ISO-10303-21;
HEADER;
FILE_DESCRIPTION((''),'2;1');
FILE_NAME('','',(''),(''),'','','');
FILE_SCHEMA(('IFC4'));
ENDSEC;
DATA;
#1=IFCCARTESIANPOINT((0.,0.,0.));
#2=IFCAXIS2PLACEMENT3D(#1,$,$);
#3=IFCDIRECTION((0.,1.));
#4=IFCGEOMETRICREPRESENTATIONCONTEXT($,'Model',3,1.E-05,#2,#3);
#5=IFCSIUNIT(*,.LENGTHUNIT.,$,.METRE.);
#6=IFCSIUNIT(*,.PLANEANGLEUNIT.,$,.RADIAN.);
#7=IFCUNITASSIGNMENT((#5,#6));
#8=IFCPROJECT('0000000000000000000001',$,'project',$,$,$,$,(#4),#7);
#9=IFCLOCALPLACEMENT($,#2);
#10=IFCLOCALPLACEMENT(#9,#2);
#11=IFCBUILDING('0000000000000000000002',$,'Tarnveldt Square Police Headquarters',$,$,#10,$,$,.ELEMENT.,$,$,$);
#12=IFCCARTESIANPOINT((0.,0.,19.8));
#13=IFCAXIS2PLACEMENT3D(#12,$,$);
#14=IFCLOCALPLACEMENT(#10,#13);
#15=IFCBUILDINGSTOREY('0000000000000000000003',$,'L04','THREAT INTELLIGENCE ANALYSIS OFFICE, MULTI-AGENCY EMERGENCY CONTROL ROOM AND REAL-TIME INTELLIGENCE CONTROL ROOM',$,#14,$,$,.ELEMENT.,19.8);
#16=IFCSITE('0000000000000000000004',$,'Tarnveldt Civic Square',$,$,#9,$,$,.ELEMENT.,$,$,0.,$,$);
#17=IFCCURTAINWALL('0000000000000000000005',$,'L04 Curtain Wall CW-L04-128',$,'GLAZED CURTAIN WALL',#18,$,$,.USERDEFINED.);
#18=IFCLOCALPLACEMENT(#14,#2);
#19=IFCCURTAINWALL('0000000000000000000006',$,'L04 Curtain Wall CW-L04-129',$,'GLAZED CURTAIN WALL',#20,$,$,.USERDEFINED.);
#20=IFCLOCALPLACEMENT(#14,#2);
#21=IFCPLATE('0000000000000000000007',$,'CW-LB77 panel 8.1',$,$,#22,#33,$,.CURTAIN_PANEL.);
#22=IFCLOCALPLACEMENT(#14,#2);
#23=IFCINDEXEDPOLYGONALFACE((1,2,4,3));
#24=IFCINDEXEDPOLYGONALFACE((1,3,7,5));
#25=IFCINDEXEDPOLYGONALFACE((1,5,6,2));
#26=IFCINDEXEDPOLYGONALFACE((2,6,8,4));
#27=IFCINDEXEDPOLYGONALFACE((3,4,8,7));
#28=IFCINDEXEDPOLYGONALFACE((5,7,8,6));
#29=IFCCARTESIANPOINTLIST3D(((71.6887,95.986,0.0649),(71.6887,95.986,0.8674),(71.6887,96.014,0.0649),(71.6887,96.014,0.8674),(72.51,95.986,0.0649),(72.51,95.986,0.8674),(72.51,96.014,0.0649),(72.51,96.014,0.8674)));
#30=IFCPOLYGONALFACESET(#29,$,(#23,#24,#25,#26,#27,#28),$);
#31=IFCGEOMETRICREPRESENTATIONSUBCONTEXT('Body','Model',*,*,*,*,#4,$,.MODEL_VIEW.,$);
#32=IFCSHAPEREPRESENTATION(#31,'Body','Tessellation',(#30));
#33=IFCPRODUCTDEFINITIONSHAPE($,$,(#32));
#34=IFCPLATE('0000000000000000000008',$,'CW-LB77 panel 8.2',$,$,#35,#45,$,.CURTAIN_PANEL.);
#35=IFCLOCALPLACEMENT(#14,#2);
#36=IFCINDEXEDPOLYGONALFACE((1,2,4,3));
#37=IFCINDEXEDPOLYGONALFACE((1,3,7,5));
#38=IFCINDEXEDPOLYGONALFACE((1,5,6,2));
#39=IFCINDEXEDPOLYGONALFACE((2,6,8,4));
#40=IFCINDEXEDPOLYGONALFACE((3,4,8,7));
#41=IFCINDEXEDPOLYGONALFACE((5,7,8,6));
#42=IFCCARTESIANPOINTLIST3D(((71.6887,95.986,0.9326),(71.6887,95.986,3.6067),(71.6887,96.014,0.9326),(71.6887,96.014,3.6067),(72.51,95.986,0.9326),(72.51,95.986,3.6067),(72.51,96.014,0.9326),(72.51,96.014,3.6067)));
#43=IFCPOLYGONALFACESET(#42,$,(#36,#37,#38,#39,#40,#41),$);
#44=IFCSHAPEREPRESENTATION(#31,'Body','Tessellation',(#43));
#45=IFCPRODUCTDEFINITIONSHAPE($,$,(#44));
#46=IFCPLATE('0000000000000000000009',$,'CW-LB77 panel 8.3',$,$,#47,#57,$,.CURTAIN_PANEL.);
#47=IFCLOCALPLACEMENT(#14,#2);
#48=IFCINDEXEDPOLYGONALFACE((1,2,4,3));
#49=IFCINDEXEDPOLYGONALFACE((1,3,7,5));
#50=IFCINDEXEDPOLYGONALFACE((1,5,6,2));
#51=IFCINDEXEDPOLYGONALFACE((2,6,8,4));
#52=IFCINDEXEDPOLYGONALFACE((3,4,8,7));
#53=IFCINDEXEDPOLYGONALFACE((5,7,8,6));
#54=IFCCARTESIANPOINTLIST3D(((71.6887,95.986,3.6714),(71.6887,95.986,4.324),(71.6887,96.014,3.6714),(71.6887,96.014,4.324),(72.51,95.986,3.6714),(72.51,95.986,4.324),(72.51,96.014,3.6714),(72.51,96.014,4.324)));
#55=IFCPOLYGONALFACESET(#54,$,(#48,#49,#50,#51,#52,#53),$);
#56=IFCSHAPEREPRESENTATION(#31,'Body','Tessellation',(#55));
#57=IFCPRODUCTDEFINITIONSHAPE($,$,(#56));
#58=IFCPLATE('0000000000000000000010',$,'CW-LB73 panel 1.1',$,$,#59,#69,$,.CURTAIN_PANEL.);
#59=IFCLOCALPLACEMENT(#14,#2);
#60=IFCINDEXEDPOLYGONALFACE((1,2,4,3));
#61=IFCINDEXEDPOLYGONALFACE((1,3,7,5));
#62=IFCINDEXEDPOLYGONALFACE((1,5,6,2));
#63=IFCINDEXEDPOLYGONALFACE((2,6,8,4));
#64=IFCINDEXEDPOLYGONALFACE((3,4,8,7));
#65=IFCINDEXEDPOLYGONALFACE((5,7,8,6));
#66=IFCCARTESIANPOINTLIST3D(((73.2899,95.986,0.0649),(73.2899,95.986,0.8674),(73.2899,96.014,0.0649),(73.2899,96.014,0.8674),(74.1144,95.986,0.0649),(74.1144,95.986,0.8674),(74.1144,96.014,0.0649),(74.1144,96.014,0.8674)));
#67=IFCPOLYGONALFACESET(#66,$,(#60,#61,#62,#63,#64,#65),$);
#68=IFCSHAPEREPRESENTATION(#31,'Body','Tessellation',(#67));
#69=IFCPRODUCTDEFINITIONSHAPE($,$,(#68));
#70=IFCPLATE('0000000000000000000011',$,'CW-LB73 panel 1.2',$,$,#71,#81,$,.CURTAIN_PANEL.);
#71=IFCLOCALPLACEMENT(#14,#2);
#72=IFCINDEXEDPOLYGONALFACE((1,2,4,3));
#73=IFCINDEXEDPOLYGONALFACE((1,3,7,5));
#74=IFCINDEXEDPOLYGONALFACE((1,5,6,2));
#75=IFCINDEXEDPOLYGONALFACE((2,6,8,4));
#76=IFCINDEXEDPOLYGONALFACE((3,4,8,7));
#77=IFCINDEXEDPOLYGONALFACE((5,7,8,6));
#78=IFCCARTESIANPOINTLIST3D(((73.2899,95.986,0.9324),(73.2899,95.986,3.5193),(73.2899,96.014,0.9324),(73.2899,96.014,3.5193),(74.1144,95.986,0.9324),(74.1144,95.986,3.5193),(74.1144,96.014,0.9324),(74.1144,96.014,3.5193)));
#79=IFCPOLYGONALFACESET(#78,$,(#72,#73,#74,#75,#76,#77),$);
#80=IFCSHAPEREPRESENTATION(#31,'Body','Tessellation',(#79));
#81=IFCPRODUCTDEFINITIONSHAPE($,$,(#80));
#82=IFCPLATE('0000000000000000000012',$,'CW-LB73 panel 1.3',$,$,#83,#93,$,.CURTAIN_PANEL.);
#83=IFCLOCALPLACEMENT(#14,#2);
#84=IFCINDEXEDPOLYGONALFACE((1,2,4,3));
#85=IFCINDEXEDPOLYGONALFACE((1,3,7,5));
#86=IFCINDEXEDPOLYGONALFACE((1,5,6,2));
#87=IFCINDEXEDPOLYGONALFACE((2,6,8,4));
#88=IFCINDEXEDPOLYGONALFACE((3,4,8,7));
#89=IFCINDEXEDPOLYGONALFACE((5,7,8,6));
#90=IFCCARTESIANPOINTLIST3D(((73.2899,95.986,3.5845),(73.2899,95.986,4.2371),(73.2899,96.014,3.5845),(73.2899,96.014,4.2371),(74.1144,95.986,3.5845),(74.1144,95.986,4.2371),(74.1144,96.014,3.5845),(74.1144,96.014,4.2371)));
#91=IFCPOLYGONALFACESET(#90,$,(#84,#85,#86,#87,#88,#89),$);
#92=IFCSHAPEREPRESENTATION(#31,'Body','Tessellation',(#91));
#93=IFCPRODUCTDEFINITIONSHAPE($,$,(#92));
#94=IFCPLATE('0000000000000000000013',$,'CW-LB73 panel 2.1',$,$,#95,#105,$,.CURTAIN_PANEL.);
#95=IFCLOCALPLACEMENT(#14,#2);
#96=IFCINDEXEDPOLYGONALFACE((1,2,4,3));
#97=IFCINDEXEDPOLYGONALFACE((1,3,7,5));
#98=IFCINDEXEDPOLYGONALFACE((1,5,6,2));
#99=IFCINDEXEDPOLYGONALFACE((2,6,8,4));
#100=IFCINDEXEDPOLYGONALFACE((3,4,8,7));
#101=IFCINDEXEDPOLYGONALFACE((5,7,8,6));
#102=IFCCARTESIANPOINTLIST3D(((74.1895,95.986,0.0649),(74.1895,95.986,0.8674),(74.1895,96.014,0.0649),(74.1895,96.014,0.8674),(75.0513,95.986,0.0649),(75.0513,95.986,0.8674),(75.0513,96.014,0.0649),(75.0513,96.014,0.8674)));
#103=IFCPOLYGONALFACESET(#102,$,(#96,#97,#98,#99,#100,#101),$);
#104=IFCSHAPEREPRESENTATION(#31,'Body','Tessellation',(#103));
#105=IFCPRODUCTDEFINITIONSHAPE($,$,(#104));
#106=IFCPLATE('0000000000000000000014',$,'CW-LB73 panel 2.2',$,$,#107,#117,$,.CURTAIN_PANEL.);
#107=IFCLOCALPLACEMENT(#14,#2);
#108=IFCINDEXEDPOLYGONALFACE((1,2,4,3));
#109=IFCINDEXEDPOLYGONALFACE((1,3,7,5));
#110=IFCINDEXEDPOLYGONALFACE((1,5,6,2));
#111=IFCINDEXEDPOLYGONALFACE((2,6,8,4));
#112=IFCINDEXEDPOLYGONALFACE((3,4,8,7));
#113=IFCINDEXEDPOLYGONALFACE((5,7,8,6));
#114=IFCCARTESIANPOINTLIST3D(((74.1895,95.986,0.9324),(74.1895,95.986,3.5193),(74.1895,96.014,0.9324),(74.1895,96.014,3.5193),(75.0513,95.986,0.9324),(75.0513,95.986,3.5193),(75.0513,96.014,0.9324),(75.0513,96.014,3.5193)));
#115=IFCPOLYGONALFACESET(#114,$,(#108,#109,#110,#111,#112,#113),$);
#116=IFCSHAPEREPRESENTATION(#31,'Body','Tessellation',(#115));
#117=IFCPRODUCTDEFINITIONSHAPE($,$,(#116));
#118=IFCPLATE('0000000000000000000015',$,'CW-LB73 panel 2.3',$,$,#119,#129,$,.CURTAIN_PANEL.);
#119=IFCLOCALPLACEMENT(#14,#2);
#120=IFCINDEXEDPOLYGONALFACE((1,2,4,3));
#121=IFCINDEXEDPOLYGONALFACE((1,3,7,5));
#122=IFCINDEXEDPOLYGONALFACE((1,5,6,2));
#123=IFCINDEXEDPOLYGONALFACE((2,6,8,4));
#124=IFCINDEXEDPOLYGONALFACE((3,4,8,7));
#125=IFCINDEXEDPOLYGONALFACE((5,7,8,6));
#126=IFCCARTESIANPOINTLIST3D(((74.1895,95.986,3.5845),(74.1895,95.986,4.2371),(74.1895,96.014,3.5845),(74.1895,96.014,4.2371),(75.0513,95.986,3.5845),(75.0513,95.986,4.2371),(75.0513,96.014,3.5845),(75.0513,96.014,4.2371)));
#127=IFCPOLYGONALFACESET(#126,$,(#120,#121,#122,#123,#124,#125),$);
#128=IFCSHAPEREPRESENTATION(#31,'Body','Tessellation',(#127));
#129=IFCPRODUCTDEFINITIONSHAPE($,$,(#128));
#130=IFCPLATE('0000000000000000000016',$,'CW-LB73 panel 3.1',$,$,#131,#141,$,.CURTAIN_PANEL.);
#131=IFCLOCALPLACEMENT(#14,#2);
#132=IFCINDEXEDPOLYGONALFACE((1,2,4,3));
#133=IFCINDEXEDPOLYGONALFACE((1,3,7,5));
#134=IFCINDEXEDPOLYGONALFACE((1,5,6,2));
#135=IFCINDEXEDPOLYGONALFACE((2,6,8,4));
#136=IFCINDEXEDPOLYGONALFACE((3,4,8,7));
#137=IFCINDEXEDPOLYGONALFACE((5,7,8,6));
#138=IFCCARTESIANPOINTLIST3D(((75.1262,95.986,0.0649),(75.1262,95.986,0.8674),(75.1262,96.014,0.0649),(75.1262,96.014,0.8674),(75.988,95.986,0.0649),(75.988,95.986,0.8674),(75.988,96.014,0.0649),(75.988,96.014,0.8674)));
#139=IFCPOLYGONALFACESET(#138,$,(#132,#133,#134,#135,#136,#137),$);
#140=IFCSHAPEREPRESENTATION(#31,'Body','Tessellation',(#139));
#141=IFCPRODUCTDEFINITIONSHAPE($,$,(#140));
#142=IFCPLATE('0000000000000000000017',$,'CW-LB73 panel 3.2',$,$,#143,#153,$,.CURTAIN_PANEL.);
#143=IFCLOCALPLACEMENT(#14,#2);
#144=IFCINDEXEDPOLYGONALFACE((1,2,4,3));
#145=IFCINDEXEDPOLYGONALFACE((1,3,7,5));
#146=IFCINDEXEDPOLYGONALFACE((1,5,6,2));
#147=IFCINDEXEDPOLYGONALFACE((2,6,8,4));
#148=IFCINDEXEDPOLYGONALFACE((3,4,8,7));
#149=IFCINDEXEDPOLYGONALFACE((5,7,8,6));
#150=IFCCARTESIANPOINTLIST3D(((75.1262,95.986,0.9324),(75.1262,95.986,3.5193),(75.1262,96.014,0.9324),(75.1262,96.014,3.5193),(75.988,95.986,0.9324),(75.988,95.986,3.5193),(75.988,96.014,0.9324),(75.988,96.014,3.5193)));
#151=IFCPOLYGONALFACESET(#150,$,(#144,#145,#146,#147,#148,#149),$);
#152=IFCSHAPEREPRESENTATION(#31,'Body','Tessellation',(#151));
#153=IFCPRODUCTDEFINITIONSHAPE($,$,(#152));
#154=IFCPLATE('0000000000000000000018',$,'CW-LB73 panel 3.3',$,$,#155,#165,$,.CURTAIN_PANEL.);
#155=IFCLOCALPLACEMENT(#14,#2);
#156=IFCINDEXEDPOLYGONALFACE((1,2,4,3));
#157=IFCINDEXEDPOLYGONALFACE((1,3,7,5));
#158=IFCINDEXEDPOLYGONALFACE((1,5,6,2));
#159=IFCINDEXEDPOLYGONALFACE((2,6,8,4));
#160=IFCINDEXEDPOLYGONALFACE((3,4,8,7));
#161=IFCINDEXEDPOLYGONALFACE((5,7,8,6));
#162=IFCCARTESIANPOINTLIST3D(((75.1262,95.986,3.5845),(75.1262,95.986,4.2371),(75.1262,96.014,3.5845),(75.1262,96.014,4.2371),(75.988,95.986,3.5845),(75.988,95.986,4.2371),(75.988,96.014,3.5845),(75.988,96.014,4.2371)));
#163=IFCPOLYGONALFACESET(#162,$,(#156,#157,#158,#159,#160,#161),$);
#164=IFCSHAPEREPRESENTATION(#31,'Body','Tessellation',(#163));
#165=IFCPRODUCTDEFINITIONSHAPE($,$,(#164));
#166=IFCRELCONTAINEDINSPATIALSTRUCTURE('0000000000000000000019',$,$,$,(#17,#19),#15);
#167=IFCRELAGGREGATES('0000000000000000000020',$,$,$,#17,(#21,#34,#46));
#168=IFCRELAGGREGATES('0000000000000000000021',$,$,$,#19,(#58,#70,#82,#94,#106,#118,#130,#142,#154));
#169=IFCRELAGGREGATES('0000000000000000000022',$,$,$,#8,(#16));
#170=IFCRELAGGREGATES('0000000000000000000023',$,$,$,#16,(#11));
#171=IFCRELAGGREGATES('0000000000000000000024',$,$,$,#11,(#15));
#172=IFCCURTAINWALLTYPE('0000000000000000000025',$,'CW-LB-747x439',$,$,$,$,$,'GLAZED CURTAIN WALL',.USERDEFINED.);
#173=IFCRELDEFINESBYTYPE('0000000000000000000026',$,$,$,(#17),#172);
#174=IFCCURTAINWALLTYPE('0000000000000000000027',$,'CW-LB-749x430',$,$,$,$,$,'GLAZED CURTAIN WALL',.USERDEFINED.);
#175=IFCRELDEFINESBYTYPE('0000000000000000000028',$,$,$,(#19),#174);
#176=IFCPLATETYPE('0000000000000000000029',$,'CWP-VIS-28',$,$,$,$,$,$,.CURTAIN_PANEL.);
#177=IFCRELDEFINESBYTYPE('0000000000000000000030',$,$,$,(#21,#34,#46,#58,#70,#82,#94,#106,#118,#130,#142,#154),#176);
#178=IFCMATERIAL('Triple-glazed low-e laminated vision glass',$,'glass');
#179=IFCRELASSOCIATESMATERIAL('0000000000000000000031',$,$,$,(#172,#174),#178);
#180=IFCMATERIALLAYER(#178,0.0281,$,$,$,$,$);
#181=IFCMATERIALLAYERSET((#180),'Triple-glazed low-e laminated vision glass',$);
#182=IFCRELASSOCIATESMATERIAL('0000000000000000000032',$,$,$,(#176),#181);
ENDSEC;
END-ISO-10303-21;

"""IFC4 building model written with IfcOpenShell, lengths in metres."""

from ifc_helpers import new_model, si_unit, direction, frame, origin, origin_2d, place, context, subcontext, project, spatial, rectangle, extrude, material, layer, layer_set, type_object, element, aggregate, save


model = new_model("IFC4")

# Units and contexts
model_context = context("Model", 3, precision=1e-05, world=origin(), true_north=direction((0.0, 1.0)))
body_context = subcontext(model_context, "Body", "Model", "MODEL_VIEW")
ifc_project = project(units=[si_unit("LENGTHUNIT", "METRE"), si_unit("PLANEANGLEUNIT", "RADIAN")], contexts=[model_context])

# Site, building, storey
site_placement = place(None, origin())
site = spatial("IfcSite", under=ifc_project, at=site_placement, Name="Tarnveldt Civic Square", CompositionType="ELEMENT", RefElevation=0.0)
building_placement = place(site_placement, origin())
building = spatial("IfcBuilding", under=site, at=building_placement, Name="Tarnveldt Square Police Headquarters", CompositionType="ELEMENT")
storey_placement = place(building_placement, frame((0.0, 0.0, 19.8)))
storey = spatial("IfcBuildingStorey", under=building, at=storey_placement, Name="L04", Description="THREAT INTELLIGENCE ANALYSIS OFFICE, MULTI-AGENCY EMERGENCY CONTROL ROOM AND REAL-TIME INTELLIGENCE CONTROL ROOM", CompositionType="ELEMENT", Elevation=19.8)

# Curtain walls
ifc_material_1 = material(Name="Triple-glazed low-e laminated vision glass", Category="glass")
curtain_wall_type_1 = type_object("IfcCurtainWallType", Name="CW-LB-747x439", ElementType="GLAZED CURTAIN WALL", PredefinedType="USERDEFINED", material=ifc_material_1)
curtain_wall_1_placement = place(storey_placement, origin())
curtain_wall_1 = element("IfcCurtainWall", 1, at=curtain_wall_1_placement, inside=storey, type_object=curtain_wall_type_1, Name="L04 Curtain Wall CW-L04-128", ObjectType="GLAZED CURTAIN WALL", PredefinedType="USERDEFINED")
curtain_wall_type_2 = type_object("IfcCurtainWallType", Name="CW-LB-749x430", ElementType="GLAZED CURTAIN WALL", PredefinedType="USERDEFINED", material=ifc_material_1)
curtain_wall_2_placement = place(storey_placement, origin())
curtain_wall_2 = element("IfcCurtainWall", 2, at=curtain_wall_2_placement, inside=storey, type_object=curtain_wall_type_2, Name="L04 Curtain Wall CW-L04-129", ObjectType="GLAZED CURTAIN WALL", PredefinedType="USERDEFINED")

# Plates
ifc_layer = layer(ifc_material_1, 0.0281)
ifc_layer_set = layer_set([ifc_layer], Name="Triple-glazed low-e laminated vision glass")
plate_type = type_object("IfcPlateType", Name="CWP-VIS-28", PredefinedType="CURTAIN_PANEL", material=ifc_layer_set)
plate_1_placement = place(storey_placement, frame((72.0994, 96.0, 0.0649), z_axis=(0.0, 0.0, 1.0), x_axis=(1.0, 0.0, 0.0)))
plate_1 = element("IfcPlate", 3, at=plate_1_placement, type_object=plate_type, Name="CW-LB77 panel 8.1", PredefinedType="CURTAIN_PANEL", context=body_context, shape_type="SweptSolid", body=[
    extrude(rectangle(XDim=0.8213, YDim=0.0281, at=origin_2d()), origin(), (0.0, 0.0, 1.0), 0.8025),
])
plate_2_placement = place(storey_placement, frame((72.0994, 96.0, 0.9326), z_axis=(0.0, 0.0, 1.0), x_axis=(1.0, 0.0, 0.0)))
plate_2 = element("IfcPlate", 4, at=plate_2_placement, type_object=plate_type, Name="CW-LB77 panel 8.2", PredefinedType="CURTAIN_PANEL", context=body_context, shape_type="SweptSolid", body=[
    extrude(rectangle(XDim=0.8213, YDim=0.0281, at=origin_2d()), origin(), (0.0, 0.0, 1.0), 2.6741),
])
plate_3_placement = place(storey_placement, frame((72.0994, 96.0, 3.6714), z_axis=(0.0, 0.0, 1.0), x_axis=(1.0, 0.0, 0.0)))
plate_3 = element("IfcPlate", 5, at=plate_3_placement, type_object=plate_type, Name="CW-LB77 panel 8.3", PredefinedType="CURTAIN_PANEL", context=body_context, shape_type="SweptSolid", body=[
    extrude(rectangle(XDim=0.8213, YDim=0.0281, at=origin_2d()), origin(), (0.0, 0.0, 1.0), 0.6526),
])
aggregate(curtain_wall_1, [plate_1, plate_2, plate_3])
plate_4_placement = place(storey_placement, frame((73.7021, 96.0, 0.0649), z_axis=(0.0, 0.0, 1.0), x_axis=(1.0, 0.0, 0.0)))
plate_4 = element("IfcPlate", 6, at=plate_4_placement, type_object=plate_type, Name="CW-LB73 panel 1.1", PredefinedType="CURTAIN_PANEL", context=body_context, shape_type="SweptSolid", body=[
    extrude(rectangle(XDim=0.8245, YDim=0.0281, at=origin_2d()), origin(), (0.0, 0.0, 1.0), 0.8025),
])
plate_5_placement = place(storey_placement, frame((73.7021, 96.0, 0.9324), z_axis=(0.0, 0.0, 1.0), x_axis=(1.0, 0.0, 0.0)))
plate_5 = element("IfcPlate", 7, at=plate_5_placement, type_object=plate_type, Name="CW-LB73 panel 1.2", PredefinedType="CURTAIN_PANEL", context=body_context, shape_type="SweptSolid", body=[
    extrude(rectangle(XDim=0.8245, YDim=0.0281, at=origin_2d()), origin(), (0.0, 0.0, 1.0), 2.5869),
])
plate_6_placement = place(storey_placement, frame((73.7021, 96.0, 3.5845), z_axis=(0.0, 0.0, 1.0), x_axis=(1.0, 0.0, 0.0)))
plate_6 = element("IfcPlate", 8, at=plate_6_placement, type_object=plate_type, Name="CW-LB73 panel 1.3", PredefinedType="CURTAIN_PANEL", context=body_context, shape_type="SweptSolid", body=[
    extrude(rectangle(XDim=0.8245, YDim=0.0281, at=origin_2d()), origin(), (0.0, 0.0, 1.0), 0.6526),
])
plate_7_placement = place(storey_placement, frame((74.6204, 96.0, 0.0649), z_axis=(0.0, 0.0, 1.0), x_axis=(1.0, 0.0, 0.0)))
plate_7 = element("IfcPlate", 9, at=plate_7_placement, type_object=plate_type, Name="CW-LB73 panel 2.1", PredefinedType="CURTAIN_PANEL", context=body_context, shape_type="SweptSolid", body=[
    extrude(rectangle(XDim=0.8618, YDim=0.0281, at=origin_2d()), origin(), (0.0, 0.0, 1.0), 0.8025),
])
plate_8_placement = place(storey_placement, frame((74.6204, 96.0, 0.9324), z_axis=(0.0, 0.0, 1.0), x_axis=(1.0, 0.0, 0.0)))
plate_8 = element("IfcPlate", 10, at=plate_8_placement, type_object=plate_type, Name="CW-LB73 panel 2.2", PredefinedType="CURTAIN_PANEL", context=body_context, shape_type="SweptSolid", body=[
    extrude(rectangle(XDim=0.8618, YDim=0.0281, at=origin_2d()), origin(), (0.0, 0.0, 1.0), 2.5869),
])
plate_9_placement = place(storey_placement, frame((74.6204, 96.0, 3.5845), z_axis=(0.0, 0.0, 1.0), x_axis=(1.0, 0.0, 0.0)))
plate_9 = element("IfcPlate", 11, at=plate_9_placement, type_object=plate_type, Name="CW-LB73 panel 2.3", PredefinedType="CURTAIN_PANEL", context=body_context, shape_type="SweptSolid", body=[
    extrude(rectangle(XDim=0.8618, YDim=0.0281, at=origin_2d()), origin(), (0.0, 0.0, 1.0), 0.6526),
])
plate_10_placement = place(storey_placement, frame((75.5571, 96.0, 0.0649), z_axis=(0.0, 0.0, 1.0), x_axis=(1.0, 0.0, 0.0)))
plate_10 = element("IfcPlate", 12, at=plate_10_placement, type_object=plate_type, Name="CW-LB73 panel 3.1", PredefinedType="CURTAIN_PANEL", context=body_context, shape_type="SweptSolid", body=[
    extrude(rectangle(XDim=0.8618, YDim=0.0281, at=origin_2d()), origin(), (0.0, 0.0, 1.0), 0.8025),
])
plate_11_placement = place(storey_placement, frame((75.5571, 96.0, 0.9324), z_axis=(0.0, 0.0, 1.0), x_axis=(1.0, 0.0, 0.0)))
plate_11 = element("IfcPlate", 13, at=plate_11_placement, type_object=plate_type, Name="CW-LB73 panel 3.2", PredefinedType="CURTAIN_PANEL", context=body_context, shape_type="SweptSolid", body=[
    extrude(rectangle(XDim=0.8618, YDim=0.0281, at=origin_2d()), origin(), (0.0, 0.0, 1.0), 2.5869),
])
plate_12_placement = place(storey_placement, frame((75.5571, 96.0, 3.5845), z_axis=(0.0, 0.0, 1.0), x_axis=(1.0, 0.0, 0.0)))
plate_12 = element("IfcPlate", 14, at=plate_12_placement, type_object=plate_type, Name="CW-LB73 panel 3.3", PredefinedType="CURTAIN_PANEL", context=body_context, shape_type="SweptSolid", body=[
    extrude(rectangle(XDim=0.8618, YDim=0.0281, at=origin_2d()), origin(), (0.0, 0.0, 1.0), 0.6526),
])
aggregate(curtain_wall_2, [plate_4, plate_5, plate_6, plate_7, plate_8, plate_9, plate_10, plate_11, plate_12])

save(model, "model.ifc")
